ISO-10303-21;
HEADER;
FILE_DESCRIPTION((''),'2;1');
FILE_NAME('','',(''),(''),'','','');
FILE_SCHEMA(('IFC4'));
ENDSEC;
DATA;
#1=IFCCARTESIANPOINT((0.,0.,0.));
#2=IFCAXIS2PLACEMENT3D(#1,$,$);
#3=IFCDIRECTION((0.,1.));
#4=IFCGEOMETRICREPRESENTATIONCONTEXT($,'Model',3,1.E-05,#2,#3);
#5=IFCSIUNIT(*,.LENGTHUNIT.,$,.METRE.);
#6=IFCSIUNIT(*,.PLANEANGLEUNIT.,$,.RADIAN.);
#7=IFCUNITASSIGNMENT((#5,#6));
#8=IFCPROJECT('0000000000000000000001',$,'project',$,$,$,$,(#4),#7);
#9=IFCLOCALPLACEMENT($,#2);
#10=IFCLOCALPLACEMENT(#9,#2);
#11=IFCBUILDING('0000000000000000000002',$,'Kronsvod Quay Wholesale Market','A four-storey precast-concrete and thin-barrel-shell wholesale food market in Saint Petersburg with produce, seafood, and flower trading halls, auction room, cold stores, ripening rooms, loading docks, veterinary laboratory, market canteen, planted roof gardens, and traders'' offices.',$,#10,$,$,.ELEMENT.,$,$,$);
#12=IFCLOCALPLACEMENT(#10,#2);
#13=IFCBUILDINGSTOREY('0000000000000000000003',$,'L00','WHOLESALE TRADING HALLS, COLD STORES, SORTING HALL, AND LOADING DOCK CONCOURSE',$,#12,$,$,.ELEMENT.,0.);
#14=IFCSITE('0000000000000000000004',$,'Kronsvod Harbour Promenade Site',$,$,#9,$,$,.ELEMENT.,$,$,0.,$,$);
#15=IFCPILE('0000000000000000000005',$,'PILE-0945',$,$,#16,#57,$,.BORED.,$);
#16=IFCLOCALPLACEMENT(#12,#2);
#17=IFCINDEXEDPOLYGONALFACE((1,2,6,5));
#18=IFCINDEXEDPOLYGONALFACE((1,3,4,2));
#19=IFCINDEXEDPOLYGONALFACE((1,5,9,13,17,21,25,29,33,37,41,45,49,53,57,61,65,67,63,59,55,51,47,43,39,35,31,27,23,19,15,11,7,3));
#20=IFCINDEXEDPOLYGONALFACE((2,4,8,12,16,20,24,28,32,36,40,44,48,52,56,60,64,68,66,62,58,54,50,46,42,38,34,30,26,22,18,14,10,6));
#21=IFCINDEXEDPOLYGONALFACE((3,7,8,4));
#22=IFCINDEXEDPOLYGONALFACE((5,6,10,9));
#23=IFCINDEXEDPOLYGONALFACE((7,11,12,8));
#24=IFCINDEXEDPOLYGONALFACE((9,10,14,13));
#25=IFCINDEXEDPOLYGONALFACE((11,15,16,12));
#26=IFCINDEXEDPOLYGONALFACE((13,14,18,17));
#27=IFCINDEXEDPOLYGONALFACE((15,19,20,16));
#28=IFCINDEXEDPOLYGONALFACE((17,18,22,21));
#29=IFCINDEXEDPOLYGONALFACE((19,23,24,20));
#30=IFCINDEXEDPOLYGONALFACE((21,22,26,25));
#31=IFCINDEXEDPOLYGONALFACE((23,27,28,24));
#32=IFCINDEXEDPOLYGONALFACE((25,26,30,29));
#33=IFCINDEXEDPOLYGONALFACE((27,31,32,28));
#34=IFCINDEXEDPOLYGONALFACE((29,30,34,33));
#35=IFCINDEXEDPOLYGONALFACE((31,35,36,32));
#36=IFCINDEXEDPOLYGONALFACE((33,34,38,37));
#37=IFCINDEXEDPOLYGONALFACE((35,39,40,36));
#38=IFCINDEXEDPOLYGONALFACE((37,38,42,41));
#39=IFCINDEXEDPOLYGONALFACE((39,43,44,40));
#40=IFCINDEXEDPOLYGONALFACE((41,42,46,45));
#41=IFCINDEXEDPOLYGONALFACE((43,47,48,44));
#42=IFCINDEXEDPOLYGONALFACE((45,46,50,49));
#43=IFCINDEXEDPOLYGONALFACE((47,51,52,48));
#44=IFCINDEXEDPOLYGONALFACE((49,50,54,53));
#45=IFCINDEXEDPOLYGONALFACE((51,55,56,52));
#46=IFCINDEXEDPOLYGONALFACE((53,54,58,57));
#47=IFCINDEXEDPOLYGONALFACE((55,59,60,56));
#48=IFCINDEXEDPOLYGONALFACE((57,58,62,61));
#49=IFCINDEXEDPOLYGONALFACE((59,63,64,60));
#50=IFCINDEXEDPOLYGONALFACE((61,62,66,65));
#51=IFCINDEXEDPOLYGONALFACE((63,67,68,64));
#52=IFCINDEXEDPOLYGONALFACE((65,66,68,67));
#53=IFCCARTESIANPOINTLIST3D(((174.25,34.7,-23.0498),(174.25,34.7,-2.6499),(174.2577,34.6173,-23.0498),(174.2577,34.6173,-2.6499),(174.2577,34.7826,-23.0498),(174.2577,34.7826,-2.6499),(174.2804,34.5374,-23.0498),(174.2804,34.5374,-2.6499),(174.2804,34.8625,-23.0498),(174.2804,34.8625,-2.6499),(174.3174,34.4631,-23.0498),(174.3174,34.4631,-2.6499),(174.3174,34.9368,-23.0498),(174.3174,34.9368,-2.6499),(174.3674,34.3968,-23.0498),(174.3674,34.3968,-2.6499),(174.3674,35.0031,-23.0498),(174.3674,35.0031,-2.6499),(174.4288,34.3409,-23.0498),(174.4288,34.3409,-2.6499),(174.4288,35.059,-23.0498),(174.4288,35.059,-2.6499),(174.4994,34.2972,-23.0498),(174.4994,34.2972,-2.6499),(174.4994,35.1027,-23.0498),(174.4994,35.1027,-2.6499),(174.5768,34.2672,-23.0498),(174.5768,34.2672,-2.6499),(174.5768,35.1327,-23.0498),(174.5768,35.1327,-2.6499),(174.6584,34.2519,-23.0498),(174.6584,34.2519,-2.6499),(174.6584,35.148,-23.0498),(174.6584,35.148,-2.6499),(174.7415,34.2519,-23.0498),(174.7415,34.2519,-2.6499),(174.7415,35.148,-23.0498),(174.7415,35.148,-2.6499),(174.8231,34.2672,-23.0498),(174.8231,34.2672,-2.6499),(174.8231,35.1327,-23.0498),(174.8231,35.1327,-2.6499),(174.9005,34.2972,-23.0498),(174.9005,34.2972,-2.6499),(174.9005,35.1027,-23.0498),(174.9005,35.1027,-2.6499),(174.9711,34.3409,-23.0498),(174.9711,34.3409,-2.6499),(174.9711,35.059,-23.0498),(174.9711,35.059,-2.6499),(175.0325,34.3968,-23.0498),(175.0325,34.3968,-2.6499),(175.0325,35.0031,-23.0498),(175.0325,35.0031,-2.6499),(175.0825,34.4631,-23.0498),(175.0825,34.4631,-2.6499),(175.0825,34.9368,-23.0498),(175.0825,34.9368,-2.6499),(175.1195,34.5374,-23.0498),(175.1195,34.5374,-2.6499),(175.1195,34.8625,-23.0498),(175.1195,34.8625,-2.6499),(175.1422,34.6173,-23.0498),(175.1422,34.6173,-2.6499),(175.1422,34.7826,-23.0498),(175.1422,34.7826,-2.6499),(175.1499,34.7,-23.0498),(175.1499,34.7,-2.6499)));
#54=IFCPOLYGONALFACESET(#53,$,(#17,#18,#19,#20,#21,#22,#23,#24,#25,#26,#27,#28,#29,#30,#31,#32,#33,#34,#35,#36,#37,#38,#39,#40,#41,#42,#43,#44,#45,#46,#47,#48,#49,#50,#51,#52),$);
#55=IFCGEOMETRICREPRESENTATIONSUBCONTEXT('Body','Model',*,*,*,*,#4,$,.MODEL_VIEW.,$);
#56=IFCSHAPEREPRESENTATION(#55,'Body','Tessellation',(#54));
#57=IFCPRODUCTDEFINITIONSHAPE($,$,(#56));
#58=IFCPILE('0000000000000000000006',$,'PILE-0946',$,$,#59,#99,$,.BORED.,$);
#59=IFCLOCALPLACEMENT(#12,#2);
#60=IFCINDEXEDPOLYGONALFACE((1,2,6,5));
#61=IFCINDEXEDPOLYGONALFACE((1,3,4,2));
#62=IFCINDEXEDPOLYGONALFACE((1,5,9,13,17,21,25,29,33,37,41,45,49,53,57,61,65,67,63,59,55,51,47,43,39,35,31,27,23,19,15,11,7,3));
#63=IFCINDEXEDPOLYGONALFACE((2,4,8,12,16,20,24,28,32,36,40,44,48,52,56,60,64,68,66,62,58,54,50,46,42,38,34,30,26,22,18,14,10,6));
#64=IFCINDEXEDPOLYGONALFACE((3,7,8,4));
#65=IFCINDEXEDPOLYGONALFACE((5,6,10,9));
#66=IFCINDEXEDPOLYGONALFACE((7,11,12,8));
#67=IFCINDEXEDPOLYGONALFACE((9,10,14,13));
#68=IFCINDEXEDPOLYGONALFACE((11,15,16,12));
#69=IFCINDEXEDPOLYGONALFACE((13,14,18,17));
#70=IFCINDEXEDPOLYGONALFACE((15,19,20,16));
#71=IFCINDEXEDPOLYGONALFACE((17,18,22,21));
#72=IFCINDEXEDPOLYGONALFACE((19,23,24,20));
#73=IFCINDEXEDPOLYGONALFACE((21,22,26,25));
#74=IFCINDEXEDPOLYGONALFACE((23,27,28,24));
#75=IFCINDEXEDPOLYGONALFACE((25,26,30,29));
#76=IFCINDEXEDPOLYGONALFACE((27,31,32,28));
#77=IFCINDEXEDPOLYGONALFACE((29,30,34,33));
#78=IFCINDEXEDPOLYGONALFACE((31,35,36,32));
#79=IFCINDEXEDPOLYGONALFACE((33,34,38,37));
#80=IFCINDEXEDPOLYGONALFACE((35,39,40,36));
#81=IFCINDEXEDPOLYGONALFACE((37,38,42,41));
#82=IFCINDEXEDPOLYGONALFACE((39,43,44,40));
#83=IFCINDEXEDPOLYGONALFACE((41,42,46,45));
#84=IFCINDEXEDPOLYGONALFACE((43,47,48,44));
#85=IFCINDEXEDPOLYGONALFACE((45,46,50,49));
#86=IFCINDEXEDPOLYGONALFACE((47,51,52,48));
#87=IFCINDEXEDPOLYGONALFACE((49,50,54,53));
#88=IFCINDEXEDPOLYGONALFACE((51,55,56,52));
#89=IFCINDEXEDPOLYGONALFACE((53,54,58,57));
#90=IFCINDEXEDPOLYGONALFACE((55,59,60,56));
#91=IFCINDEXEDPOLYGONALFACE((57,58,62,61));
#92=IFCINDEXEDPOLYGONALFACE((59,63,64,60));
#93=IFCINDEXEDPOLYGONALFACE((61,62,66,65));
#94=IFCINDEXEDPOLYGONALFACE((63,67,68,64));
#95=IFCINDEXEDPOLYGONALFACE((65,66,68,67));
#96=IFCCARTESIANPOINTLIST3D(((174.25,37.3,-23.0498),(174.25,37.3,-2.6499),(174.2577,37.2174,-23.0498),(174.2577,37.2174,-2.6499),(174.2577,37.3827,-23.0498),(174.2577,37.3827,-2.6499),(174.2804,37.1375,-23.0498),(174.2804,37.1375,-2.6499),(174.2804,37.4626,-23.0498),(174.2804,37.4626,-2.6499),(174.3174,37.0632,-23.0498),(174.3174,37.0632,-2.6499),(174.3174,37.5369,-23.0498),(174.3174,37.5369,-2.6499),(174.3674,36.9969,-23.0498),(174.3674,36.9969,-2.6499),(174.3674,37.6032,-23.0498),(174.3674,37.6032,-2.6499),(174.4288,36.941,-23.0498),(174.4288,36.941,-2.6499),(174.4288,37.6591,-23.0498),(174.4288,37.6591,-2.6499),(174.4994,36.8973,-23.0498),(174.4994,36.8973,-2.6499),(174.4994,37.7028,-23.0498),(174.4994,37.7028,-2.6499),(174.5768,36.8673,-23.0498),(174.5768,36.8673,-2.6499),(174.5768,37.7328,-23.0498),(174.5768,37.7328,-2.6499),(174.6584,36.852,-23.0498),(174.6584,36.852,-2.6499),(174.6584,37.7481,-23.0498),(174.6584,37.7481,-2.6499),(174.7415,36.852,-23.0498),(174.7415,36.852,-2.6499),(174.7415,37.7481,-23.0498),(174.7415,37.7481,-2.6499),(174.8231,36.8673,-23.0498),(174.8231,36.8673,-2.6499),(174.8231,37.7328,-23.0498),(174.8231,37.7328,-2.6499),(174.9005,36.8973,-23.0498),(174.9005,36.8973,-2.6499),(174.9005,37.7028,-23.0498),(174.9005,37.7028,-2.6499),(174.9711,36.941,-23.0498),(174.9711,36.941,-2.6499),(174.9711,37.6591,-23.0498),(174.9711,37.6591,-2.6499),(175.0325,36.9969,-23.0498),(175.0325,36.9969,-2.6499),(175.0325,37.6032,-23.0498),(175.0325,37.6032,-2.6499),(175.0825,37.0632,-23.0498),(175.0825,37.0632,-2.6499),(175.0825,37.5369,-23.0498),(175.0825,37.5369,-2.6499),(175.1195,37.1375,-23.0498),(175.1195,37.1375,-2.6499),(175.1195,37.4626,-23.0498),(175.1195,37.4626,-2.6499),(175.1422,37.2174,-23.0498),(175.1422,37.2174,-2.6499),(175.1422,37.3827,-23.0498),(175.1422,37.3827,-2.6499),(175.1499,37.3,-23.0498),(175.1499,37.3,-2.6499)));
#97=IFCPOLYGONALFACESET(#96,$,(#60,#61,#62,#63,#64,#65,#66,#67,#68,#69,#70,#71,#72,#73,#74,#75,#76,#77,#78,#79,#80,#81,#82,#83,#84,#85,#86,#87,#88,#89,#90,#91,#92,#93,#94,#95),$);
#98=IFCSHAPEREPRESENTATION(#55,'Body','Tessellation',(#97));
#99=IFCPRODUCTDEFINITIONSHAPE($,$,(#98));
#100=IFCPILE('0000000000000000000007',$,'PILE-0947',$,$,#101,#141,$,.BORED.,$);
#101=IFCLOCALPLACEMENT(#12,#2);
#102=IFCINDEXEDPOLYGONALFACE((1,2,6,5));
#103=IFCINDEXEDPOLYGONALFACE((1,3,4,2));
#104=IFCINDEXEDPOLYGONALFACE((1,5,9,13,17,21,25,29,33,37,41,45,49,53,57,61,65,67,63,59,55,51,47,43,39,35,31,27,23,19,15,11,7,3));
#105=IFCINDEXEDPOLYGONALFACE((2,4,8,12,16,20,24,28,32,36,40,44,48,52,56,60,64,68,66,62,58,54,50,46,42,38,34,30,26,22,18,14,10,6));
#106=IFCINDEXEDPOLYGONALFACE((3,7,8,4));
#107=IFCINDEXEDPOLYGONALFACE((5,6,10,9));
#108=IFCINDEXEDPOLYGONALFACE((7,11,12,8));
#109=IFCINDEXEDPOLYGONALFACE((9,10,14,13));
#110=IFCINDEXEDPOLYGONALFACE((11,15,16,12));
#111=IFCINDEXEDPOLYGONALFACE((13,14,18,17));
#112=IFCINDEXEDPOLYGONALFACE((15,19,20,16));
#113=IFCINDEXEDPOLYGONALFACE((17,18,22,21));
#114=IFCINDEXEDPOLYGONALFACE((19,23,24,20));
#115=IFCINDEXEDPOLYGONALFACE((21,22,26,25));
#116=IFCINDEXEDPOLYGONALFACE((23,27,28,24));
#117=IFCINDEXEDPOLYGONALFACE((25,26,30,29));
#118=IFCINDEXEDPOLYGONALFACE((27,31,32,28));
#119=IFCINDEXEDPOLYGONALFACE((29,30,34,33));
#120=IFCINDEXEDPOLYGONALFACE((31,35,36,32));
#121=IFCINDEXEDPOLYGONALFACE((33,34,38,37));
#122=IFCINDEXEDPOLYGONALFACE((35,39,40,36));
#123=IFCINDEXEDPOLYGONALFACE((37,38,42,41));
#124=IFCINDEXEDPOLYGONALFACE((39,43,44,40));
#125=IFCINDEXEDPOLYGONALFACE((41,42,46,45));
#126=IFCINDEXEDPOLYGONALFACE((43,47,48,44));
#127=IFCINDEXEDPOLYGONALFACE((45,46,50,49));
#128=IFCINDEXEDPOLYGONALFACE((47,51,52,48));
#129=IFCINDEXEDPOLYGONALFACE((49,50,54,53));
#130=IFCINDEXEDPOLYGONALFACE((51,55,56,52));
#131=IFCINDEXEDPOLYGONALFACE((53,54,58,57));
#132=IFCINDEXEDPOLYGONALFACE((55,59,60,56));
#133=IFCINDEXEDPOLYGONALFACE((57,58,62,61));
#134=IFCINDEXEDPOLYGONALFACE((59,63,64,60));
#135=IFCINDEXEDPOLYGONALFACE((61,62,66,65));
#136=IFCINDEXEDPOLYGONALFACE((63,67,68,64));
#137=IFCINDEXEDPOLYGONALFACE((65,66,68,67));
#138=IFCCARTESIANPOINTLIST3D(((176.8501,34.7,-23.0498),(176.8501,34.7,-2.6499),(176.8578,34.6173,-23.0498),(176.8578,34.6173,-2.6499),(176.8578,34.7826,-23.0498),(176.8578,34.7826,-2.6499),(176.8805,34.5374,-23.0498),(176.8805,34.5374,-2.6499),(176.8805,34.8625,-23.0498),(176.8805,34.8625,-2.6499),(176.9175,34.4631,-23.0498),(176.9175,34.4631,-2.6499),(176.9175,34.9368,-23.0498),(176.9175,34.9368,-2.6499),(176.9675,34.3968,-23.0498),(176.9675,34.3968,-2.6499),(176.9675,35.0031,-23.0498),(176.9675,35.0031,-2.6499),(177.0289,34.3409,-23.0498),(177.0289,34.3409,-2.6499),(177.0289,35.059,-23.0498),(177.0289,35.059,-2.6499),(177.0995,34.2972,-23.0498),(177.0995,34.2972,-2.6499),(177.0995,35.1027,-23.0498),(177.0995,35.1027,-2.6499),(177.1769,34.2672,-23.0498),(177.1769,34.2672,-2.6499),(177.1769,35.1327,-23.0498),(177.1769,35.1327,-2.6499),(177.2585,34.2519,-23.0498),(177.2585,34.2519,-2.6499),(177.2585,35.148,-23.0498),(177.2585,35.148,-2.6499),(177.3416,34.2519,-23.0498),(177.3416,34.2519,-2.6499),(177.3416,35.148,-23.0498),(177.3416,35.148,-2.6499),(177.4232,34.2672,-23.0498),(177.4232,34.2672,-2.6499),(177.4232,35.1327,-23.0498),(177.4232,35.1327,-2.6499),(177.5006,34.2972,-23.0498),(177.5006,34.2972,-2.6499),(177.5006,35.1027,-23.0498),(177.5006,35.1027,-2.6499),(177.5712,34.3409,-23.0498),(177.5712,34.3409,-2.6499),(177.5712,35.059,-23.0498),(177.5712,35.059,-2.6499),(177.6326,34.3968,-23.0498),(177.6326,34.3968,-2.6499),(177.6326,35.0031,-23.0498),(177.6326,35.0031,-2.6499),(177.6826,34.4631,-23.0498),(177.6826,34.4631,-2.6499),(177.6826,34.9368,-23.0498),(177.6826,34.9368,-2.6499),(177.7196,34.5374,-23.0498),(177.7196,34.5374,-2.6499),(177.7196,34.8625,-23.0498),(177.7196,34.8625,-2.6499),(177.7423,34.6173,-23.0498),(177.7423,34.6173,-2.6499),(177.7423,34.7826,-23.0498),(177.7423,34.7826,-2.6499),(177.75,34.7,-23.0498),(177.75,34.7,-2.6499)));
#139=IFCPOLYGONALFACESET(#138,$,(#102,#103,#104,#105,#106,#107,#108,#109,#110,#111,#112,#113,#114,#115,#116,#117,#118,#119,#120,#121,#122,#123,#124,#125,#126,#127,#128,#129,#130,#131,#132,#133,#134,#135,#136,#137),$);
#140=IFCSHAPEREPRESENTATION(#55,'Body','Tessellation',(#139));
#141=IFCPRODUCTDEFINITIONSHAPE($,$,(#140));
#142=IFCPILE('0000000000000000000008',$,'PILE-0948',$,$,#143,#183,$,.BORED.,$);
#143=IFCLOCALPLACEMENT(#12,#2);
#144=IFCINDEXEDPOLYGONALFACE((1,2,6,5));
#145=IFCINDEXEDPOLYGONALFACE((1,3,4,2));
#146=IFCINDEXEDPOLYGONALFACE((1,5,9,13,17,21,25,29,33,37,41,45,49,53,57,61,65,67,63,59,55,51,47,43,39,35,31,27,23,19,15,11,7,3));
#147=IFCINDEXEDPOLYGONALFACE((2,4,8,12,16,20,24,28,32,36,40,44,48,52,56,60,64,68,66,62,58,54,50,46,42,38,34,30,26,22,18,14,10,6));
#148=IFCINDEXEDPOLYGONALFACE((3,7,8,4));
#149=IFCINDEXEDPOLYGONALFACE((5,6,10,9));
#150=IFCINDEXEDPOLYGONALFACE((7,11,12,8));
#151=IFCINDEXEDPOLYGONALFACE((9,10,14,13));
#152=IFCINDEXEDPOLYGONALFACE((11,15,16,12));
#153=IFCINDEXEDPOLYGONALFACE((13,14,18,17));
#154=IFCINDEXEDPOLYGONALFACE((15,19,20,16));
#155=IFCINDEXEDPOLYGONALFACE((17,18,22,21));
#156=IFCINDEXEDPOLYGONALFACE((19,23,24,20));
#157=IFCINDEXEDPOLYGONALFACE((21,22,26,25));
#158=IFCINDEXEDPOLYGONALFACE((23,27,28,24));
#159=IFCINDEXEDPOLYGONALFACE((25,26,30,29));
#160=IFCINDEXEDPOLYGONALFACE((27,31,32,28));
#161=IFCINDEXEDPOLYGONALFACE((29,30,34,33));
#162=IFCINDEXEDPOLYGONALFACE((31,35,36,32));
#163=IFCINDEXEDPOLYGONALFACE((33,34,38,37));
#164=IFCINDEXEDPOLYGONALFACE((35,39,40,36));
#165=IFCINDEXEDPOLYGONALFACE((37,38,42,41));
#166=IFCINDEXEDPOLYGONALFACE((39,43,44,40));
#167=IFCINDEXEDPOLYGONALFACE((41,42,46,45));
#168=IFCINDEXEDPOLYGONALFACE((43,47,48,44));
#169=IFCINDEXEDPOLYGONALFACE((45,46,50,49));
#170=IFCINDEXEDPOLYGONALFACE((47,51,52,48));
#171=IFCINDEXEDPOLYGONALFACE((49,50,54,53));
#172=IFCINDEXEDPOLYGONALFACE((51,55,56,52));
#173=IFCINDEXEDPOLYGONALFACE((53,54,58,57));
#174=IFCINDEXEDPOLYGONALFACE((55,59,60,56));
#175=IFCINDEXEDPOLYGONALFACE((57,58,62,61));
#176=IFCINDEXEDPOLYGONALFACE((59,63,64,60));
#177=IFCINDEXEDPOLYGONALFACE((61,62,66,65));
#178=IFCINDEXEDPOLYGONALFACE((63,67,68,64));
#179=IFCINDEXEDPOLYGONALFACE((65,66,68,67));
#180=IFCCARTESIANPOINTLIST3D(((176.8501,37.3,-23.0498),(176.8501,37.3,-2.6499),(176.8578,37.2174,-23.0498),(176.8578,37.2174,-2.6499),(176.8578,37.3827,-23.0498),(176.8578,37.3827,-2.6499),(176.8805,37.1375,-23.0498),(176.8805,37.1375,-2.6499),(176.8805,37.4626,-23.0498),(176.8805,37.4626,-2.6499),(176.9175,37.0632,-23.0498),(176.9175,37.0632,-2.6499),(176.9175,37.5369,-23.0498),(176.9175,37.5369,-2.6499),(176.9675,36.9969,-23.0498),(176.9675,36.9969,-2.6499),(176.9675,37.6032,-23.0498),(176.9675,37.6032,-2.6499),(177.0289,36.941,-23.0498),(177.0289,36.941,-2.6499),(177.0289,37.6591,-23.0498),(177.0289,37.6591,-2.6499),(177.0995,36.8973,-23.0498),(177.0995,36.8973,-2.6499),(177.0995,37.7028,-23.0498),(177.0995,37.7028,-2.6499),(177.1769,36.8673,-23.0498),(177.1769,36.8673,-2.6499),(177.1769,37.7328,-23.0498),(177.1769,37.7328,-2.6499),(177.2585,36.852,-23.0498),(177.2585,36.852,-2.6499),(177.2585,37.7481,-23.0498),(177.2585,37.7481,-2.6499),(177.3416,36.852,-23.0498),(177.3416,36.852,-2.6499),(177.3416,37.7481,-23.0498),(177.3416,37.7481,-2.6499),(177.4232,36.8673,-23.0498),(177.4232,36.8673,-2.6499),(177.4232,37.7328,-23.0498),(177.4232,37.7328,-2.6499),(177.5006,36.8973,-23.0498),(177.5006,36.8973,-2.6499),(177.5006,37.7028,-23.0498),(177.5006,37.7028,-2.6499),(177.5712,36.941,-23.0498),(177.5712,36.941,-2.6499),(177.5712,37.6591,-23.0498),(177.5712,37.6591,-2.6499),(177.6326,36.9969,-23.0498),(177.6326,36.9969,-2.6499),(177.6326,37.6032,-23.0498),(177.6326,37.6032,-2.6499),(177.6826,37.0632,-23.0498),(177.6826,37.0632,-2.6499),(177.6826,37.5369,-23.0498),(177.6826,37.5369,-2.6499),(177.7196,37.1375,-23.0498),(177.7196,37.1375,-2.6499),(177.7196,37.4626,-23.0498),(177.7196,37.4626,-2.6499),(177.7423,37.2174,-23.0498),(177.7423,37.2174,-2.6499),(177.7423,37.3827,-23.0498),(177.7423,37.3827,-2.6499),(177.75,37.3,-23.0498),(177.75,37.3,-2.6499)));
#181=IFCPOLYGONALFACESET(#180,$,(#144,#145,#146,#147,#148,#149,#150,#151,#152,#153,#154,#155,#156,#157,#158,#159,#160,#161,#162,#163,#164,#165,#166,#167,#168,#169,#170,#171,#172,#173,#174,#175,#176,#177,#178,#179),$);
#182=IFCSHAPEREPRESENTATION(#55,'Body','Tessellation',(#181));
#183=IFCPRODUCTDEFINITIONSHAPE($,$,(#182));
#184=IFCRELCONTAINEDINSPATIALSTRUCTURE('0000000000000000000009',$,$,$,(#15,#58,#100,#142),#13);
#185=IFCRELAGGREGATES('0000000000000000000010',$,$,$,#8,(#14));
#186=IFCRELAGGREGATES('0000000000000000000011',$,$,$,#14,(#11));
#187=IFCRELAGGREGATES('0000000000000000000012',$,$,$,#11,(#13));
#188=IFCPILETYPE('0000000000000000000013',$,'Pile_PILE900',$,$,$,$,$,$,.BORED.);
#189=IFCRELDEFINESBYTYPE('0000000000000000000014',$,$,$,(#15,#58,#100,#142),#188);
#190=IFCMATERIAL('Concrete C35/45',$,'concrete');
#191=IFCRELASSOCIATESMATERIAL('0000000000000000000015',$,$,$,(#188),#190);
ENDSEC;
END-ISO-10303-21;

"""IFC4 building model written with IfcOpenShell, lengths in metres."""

from ifc_helpers import new_model, si_unit, direction, frame, origin, origin_2d, place, context, subcontext, project, spatial, circle, extrude, material, material_profile, profile_set, type_object, element, save


model = new_model("IFC4")

# Units and contexts
model_context = context("Model", 3, precision=1e-05, world=origin(), true_north=direction((0.0, 1.0)))
body_context = subcontext(model_context, "Body", "Model", "MODEL_VIEW")
ifc_project = project(units=[si_unit("LENGTHUNIT", "METRE"), si_unit("PLANEANGLEUNIT", "RADIAN")], contexts=[model_context])

# Site, building, storey
site_placement = place(None, origin())
site = spatial("IfcSite", under=ifc_project, at=site_placement, Name="Kronsvod Harbour Promenade Site", CompositionType="ELEMENT", RefElevation=0.0)
building_placement = place(site_placement, origin())
building = spatial("IfcBuilding", under=site, at=building_placement, Name="Kronsvod Quay Wholesale Market", Description="A four-storey precast-concrete and thin-barrel-shell wholesale food market in Saint Petersburg with produce, seafood, and flower trading halls, auction room, cold stores, ripening rooms, loading docks, veterinary laboratory, market canteen, planted roof gardens, and traders' offices.", CompositionType="ELEMENT")
storey_placement = place(building_placement, origin())
storey = spatial("IfcBuildingStorey", under=building, at=storey_placement, Name="L00", Description="WHOLESALE TRADING HALLS, COLD STORES, SORTING HALL, AND LOADING DOCK CONCOURSE", CompositionType="ELEMENT", Elevation=0.0)

# Piles
ifc_material_1 = material(Name="Concrete C35/45", Category="concrete")
ifc_material_profile_1 = material_profile(ifc_material_1, circle(Radius=0.45, at=origin_2d()), Name="PILE900")
ifc_profile_set_1 = profile_set([ifc_material_profile_1], Name="Concrete C35/45")
pile_type = type_object("IfcPileType", Name="Pile_PILE900", PredefinedType="BORED", material=ifc_profile_set_1)
for number, where, z_axis, x_axis, name in (
    (1, (174.7, 34.7, -2.6499), (0.0, 0.0, -1.0), (1.0, 0.0, 0.0), "PILE-0945"),
    (2, (174.7, 37.3, -2.6499), (0.0, 0.0, -1.0), (1.0, 0.0, 0.0), "PILE-0946"),
    (3, (177.3, 34.7, -2.6499), (0.0, 0.0, -1.0), (1.0, 0.0, 0.0), "PILE-0947"),
    (4, (177.3, 37.3, -2.6499), (0.0, 0.0, -1.0), (1.0, 0.0, 0.0), "PILE-0948"),
):
    element("IfcPile", number, at=place(storey_placement, frame(where, z_axis=z_axis, x_axis=x_axis)), inside=storey, type_object=pile_type, Name=name, PredefinedType="BORED", context=body_context, shape_type="SweptSolid", body=[
        extrude(circle(Radius=0.45, at=origin_2d()), origin(), (0.0, 0.0, 1.0), 20.3999),
    ])

save(model, "model.ifc")
